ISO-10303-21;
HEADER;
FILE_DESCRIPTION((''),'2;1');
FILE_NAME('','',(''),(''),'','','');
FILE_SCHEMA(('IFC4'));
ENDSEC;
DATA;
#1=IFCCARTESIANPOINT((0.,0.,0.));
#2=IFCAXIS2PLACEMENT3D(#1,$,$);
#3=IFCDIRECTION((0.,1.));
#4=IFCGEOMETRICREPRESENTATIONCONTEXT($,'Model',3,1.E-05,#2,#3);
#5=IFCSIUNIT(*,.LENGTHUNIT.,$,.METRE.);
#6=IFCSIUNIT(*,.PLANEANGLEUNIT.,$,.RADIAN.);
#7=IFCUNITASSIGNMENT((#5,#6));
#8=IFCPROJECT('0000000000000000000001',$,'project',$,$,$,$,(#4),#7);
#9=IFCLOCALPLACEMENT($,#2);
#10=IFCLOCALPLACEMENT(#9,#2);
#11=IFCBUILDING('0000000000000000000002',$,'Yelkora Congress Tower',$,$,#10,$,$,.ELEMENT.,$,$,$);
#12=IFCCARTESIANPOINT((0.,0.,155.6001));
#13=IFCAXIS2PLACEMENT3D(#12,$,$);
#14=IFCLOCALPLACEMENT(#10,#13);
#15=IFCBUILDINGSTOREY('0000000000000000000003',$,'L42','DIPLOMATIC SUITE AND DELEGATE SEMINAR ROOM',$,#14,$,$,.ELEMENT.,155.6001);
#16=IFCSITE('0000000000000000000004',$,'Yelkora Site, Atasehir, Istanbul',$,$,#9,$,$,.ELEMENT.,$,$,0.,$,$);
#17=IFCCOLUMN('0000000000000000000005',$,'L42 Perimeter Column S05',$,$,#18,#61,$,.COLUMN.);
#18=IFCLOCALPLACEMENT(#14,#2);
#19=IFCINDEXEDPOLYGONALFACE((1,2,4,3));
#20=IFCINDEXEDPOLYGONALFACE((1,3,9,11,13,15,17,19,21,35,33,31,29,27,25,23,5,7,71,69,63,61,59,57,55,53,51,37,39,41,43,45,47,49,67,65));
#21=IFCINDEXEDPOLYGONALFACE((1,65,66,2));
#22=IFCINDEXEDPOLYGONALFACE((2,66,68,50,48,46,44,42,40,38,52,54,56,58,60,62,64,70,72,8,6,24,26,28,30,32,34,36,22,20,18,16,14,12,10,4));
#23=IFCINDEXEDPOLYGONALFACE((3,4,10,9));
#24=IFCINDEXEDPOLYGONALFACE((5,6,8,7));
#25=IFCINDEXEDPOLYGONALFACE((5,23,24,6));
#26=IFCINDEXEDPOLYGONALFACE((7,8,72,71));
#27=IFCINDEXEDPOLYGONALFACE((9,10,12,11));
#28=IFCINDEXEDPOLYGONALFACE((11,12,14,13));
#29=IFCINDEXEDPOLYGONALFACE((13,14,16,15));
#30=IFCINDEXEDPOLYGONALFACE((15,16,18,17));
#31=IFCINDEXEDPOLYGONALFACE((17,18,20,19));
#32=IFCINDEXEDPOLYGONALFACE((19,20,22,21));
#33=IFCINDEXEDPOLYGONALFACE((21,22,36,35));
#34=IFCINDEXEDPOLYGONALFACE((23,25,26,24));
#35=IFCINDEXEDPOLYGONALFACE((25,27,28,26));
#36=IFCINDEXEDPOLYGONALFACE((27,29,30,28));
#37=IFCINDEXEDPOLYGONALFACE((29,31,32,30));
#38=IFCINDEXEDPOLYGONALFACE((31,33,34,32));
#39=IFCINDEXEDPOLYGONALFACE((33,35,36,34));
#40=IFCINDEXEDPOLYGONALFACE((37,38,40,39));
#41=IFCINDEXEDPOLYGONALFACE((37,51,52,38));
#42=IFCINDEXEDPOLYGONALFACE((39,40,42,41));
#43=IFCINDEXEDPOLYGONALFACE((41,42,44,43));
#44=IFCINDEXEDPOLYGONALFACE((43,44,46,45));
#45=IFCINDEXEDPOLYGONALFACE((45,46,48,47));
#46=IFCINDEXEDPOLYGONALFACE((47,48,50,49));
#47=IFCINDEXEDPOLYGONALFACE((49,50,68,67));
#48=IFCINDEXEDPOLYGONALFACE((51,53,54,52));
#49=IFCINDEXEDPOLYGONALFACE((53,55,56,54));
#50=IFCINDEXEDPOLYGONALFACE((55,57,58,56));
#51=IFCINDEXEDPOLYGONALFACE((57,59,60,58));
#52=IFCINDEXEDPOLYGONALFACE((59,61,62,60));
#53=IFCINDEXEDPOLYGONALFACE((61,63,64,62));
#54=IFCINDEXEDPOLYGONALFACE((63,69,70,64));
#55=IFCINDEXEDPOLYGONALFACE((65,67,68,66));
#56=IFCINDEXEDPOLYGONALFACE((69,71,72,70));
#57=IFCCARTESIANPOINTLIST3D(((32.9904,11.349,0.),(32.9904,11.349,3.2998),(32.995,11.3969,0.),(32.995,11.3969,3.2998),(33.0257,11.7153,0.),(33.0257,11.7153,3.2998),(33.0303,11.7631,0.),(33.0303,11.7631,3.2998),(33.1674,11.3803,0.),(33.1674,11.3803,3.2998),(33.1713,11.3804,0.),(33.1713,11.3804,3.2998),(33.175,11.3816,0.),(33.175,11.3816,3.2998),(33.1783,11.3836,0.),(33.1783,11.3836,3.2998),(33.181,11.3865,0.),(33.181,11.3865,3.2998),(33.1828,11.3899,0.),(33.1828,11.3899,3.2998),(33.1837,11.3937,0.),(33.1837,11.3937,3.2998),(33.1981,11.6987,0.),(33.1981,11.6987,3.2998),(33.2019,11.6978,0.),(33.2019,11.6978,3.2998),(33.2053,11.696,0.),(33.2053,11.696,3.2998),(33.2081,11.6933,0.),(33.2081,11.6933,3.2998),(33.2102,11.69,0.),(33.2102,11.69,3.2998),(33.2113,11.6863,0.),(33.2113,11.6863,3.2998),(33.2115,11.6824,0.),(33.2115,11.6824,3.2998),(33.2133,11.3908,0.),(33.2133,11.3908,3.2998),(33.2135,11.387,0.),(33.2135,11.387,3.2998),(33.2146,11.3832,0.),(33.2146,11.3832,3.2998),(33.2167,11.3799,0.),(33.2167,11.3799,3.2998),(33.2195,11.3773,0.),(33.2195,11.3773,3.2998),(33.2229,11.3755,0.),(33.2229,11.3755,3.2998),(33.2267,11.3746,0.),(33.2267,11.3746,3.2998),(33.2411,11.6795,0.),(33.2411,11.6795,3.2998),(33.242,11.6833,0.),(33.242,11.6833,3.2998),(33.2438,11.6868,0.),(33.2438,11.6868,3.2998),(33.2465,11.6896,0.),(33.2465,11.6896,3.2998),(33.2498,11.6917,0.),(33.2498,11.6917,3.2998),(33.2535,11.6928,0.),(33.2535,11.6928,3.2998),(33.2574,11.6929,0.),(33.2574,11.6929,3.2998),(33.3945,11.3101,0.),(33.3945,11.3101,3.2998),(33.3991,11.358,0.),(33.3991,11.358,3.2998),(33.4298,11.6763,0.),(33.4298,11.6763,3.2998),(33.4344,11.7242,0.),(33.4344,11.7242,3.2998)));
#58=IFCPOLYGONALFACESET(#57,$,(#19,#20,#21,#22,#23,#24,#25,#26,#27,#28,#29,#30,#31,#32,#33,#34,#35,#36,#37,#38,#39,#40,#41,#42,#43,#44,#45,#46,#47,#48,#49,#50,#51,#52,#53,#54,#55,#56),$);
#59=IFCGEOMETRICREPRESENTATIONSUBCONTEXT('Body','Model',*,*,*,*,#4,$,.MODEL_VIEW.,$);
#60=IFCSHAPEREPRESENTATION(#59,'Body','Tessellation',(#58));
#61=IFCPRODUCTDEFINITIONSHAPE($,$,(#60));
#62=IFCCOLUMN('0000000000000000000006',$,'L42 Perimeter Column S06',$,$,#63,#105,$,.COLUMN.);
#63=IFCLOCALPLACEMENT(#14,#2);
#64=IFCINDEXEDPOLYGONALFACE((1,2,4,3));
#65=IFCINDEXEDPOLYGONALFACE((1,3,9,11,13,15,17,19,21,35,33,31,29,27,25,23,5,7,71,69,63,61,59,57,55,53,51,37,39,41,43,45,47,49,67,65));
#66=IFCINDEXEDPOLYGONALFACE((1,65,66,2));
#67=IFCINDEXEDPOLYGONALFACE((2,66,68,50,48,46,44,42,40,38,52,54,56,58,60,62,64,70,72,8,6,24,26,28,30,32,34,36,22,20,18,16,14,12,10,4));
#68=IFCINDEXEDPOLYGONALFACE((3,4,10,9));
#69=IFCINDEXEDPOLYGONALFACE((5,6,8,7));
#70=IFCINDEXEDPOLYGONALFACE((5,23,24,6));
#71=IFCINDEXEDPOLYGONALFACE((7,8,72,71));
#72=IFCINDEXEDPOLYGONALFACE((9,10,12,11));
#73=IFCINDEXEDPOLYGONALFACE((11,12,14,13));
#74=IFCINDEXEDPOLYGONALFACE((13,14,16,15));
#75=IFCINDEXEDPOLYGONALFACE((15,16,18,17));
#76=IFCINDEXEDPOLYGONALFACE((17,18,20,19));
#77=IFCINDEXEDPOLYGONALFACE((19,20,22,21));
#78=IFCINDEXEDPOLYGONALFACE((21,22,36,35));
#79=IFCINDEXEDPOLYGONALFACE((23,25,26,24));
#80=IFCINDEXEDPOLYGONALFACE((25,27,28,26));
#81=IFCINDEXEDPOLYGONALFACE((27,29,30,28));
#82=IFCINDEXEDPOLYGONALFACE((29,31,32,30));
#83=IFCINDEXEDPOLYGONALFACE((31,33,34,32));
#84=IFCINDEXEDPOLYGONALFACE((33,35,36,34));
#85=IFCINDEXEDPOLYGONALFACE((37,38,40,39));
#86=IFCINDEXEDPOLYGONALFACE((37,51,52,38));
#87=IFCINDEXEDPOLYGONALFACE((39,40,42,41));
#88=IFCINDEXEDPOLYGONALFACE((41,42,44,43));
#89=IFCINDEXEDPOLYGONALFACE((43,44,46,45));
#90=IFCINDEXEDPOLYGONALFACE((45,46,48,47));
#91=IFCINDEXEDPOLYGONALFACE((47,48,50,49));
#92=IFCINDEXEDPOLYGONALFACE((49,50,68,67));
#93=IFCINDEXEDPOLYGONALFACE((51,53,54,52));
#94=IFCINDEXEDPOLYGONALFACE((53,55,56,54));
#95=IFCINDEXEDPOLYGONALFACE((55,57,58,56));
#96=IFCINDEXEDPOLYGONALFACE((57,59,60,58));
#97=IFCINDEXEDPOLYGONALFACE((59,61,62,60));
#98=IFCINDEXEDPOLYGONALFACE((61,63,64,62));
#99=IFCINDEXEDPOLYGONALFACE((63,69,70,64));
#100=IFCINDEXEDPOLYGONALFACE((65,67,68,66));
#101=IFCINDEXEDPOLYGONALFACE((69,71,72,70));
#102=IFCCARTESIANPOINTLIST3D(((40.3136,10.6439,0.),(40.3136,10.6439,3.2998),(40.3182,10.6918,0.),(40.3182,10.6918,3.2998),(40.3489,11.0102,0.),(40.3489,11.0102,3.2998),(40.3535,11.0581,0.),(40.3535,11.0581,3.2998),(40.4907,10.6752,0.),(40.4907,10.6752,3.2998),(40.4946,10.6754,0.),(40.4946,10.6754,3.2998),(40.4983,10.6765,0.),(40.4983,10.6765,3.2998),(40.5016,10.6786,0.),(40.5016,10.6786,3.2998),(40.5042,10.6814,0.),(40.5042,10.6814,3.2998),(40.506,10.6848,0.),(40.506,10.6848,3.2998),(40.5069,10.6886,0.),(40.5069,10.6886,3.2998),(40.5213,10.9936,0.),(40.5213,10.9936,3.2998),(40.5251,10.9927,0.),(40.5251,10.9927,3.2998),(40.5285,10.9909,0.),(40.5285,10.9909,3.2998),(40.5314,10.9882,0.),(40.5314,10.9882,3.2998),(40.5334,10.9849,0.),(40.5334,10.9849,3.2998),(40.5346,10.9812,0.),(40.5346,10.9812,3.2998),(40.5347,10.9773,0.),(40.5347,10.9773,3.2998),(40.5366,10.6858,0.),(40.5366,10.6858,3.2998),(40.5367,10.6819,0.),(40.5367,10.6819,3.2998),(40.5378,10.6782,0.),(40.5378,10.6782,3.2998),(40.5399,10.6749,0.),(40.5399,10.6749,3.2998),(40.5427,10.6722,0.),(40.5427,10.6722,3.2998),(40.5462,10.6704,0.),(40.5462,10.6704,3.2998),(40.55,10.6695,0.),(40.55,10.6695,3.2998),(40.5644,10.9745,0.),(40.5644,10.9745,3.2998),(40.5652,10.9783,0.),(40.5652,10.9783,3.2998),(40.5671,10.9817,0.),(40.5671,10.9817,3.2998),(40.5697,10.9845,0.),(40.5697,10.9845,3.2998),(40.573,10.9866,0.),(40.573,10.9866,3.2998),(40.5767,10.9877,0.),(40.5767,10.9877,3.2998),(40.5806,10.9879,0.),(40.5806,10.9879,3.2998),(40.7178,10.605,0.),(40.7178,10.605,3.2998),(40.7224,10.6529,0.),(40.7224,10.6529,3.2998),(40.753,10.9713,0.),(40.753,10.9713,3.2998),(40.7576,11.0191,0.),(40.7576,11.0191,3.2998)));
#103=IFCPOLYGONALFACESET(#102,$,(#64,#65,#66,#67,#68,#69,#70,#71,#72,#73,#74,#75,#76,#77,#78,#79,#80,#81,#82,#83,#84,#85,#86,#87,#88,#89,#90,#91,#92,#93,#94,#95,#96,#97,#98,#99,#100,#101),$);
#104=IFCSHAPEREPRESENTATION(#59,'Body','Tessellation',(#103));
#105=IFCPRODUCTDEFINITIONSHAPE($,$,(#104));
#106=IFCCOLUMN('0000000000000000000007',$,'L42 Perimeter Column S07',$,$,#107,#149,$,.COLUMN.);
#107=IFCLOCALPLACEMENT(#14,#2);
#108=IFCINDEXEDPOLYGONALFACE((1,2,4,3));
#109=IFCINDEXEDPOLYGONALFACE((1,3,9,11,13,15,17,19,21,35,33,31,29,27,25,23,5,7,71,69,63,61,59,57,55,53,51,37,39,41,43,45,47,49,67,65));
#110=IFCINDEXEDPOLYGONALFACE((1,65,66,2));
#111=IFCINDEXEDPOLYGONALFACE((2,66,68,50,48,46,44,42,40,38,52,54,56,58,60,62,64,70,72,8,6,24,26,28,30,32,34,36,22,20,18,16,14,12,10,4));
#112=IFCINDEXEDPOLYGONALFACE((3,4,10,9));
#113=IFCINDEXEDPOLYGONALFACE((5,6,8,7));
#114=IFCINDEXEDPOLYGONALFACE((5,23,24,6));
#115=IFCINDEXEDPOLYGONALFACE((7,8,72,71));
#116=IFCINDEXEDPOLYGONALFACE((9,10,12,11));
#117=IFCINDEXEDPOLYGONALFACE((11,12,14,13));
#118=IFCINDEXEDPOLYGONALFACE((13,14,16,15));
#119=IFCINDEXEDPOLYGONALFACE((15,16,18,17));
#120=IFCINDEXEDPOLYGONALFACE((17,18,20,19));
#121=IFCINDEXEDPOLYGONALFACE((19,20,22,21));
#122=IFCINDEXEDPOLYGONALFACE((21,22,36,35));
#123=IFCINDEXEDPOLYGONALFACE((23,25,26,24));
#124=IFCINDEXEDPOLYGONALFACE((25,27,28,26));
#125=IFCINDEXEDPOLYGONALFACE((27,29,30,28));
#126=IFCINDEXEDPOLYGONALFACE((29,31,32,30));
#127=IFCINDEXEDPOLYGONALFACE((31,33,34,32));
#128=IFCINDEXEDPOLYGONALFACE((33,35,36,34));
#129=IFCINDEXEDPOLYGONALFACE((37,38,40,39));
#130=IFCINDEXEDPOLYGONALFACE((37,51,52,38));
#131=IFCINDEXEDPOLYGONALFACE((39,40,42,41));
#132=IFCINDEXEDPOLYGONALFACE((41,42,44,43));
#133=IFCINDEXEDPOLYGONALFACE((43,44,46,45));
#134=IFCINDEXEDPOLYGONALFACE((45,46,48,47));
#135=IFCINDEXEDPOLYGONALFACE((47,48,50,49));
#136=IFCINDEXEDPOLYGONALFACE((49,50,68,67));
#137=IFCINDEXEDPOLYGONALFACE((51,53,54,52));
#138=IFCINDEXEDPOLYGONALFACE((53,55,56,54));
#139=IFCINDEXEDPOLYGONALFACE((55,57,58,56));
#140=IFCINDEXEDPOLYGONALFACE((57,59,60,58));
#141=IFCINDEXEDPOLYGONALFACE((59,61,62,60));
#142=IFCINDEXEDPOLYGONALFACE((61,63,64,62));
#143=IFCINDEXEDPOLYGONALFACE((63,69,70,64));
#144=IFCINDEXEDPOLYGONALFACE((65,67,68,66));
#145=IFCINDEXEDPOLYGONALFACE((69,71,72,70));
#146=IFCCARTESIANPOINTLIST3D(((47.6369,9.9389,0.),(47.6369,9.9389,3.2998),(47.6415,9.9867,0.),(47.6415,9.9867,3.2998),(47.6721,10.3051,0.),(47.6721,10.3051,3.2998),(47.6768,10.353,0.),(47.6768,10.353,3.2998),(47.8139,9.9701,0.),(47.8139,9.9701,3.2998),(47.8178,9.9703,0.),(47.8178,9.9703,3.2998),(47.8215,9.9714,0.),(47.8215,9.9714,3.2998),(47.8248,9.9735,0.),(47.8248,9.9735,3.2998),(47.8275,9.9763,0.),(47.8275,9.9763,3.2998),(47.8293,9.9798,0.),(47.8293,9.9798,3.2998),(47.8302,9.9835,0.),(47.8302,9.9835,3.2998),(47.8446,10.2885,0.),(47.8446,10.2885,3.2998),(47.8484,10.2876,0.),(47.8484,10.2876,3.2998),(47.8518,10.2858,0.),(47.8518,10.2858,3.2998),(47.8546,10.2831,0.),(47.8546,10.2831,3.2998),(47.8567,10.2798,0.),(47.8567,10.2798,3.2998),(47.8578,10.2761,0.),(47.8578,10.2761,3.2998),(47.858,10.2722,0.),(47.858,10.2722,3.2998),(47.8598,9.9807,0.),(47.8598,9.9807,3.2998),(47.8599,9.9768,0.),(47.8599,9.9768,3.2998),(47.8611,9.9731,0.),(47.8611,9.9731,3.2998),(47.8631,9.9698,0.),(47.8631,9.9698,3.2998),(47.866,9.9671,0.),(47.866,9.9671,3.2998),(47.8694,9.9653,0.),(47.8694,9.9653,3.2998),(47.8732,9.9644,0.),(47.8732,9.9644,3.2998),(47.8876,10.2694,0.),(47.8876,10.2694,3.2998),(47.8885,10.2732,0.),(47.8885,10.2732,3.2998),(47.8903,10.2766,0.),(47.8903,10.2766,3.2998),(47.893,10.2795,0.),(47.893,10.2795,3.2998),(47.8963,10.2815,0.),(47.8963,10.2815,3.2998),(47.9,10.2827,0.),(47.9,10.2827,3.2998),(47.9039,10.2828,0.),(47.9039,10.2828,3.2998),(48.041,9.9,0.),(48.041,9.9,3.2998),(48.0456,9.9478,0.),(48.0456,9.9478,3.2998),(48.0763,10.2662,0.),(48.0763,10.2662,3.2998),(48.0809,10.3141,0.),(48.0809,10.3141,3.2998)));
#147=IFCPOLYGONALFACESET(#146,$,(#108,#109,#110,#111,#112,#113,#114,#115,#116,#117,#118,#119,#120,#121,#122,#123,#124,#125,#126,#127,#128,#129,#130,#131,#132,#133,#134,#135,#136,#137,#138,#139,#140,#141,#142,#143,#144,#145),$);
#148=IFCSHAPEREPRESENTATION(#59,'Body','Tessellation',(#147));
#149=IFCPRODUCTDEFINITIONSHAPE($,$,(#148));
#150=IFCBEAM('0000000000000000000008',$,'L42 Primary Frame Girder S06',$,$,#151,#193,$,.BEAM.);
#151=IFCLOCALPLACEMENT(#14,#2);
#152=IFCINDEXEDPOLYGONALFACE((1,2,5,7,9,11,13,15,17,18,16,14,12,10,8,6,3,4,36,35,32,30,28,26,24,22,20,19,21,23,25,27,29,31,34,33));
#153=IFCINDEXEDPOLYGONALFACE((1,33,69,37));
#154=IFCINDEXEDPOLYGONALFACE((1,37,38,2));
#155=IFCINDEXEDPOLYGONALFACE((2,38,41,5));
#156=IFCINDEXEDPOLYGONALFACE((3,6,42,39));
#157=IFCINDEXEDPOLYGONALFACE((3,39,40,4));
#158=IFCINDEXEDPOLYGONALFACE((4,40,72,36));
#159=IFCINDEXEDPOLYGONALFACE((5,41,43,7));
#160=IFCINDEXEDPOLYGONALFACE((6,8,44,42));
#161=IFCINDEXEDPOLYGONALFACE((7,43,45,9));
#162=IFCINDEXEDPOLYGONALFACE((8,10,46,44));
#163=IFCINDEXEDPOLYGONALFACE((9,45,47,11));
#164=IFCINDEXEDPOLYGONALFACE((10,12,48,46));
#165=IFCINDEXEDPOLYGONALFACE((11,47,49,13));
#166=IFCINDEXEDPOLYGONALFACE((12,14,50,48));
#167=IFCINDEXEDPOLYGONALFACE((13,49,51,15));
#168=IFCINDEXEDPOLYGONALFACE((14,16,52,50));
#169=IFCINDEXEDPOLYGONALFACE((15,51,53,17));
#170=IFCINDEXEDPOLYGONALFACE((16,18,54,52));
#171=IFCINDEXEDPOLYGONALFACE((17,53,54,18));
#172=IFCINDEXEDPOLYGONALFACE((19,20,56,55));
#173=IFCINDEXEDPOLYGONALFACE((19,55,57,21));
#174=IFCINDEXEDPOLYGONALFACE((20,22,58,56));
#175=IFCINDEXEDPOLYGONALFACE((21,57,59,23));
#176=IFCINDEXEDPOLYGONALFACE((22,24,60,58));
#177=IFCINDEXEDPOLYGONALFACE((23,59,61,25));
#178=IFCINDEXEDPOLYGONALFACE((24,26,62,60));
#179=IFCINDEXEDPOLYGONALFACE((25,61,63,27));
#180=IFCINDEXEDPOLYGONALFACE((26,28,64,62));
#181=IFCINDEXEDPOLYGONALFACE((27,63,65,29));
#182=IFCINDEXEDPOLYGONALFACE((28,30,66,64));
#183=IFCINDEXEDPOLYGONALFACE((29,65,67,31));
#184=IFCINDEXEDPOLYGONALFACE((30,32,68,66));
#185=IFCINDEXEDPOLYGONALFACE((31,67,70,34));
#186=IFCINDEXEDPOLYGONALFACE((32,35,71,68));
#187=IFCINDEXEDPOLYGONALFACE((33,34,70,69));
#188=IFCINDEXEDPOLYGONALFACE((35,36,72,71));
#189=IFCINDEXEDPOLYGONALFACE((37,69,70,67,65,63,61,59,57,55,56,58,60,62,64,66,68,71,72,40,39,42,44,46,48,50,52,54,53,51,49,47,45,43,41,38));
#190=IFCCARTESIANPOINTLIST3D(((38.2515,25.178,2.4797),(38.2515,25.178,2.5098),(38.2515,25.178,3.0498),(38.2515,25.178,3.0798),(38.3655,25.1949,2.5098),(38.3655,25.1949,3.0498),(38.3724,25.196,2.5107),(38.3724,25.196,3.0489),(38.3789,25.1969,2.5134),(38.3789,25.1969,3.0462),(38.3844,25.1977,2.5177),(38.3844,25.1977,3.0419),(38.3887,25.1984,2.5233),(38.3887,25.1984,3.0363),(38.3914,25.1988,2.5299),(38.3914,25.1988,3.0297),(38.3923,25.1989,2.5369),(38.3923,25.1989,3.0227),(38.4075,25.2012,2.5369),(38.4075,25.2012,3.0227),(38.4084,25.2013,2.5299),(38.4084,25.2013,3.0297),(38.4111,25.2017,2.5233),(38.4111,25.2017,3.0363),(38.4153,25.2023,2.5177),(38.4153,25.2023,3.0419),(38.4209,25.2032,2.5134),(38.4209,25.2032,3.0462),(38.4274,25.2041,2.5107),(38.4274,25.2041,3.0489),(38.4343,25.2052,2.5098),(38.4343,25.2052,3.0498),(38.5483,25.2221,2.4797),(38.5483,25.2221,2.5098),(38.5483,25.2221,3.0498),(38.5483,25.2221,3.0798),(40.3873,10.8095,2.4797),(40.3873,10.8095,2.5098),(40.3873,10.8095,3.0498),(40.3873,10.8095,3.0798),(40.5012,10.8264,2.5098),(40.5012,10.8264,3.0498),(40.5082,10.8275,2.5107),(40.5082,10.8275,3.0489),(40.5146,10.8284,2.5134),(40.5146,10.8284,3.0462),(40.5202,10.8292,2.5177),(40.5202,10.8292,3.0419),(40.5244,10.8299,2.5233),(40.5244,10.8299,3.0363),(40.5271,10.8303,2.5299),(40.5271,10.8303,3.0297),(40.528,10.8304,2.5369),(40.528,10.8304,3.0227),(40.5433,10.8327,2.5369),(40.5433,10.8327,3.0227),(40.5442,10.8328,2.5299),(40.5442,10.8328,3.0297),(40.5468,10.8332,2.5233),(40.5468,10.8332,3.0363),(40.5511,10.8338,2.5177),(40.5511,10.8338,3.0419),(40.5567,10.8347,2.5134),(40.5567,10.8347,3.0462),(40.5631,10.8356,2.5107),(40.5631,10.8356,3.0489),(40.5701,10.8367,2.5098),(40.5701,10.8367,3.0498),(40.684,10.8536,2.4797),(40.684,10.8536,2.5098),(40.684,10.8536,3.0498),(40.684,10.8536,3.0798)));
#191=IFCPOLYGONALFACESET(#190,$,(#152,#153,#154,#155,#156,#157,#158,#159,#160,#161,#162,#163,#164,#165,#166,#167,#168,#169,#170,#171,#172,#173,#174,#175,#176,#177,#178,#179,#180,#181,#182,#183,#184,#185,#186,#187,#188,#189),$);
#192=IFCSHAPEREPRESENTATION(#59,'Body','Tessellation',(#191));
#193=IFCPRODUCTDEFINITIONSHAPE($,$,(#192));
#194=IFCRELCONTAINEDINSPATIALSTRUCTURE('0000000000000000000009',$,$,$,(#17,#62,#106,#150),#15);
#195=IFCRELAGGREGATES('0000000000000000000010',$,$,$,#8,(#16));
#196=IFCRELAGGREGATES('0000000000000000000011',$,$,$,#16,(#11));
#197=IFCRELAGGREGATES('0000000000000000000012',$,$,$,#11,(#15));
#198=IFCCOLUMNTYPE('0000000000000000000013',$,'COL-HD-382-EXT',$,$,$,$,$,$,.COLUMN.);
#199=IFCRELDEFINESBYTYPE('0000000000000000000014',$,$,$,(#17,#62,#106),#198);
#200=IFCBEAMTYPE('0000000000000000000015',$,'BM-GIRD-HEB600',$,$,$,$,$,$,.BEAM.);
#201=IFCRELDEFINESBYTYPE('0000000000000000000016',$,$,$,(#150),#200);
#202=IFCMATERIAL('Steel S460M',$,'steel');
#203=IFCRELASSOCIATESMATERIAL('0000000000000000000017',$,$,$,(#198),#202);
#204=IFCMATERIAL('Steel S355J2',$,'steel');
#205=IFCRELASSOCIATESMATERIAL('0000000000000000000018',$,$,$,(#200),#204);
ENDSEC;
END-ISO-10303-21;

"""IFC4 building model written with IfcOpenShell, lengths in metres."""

from ifc_helpers import new_model, si_unit, direction, frame, origin, origin_2d, place, context, subcontext, project, spatial, i_section, extrude, material, material_profile, profile_set, type_object, element, save


model = new_model("IFC4")

# Units and contexts
model_context = context("Model", 3, precision=1e-05, world=origin(), true_north=direction((0.0, 1.0)))
body_context = subcontext(model_context, "Body", "Model", "MODEL_VIEW")
ifc_project = project(units=[si_unit("LENGTHUNIT", "METRE"), si_unit("PLANEANGLEUNIT", "RADIAN")], contexts=[model_context])

# Site, building, storey
site_placement = place(None, origin())
site = spatial("IfcSite", under=ifc_project, at=site_placement, Name="Yelkora Site, Atasehir, Istanbul", CompositionType="ELEMENT", RefElevation=0.0)
building_placement = place(site_placement, origin())
building = spatial("IfcBuilding", under=site, at=building_placement, Name="Yelkora Congress Tower", CompositionType="ELEMENT")
storey_placement = place(building_placement, frame((0.0, 0.0, 155.6001)))
storey = spatial("IfcBuildingStorey", under=building, at=storey_placement, Name="L42", Description="DIPLOMATIC SUITE AND DELEGATE SEMINAR ROOM", CompositionType="ELEMENT", Elevation=155.6001)

# Columns
ifc_material_1 = material(Name="Steel S460M", Category="steel")
ifc_material_profile_1 = material_profile(ifc_material_1, i_section(OverallWidth=0.406, OverallDepth=0.416, WebThickness=0.0298, FlangeThickness=0.0481, FilletRadius=0.0149, at=origin_2d()), Name="HD 400x382")
ifc_profile_set_1 = profile_set([ifc_material_profile_1], Name="Steel S460M")
column_type = type_object("IfcColumnType", Name="COL-HD-382-EXT", PredefinedType="COLUMN", material=ifc_profile_set_1)
for number, where, z_axis, x_axis, name in (
    (1, (33.2124, 11.5366, 0.0), (0.0, 0.0, 1.0), (0.995396, -0.095846, 0.0), "L42 Perimeter Column S05"),
    (2, (40.5356, 10.8315, 0.0), (0.0, 0.0, 1.0), (0.995396, -0.095846, 0.0), "L42 Perimeter Column S06"),
    (3, (47.8589, 10.1265, 0.0), (0.0, 0.0, 1.0), (0.995396, -0.095846, 0.0), "L42 Perimeter Column S07"),
):
    element("IfcColumn", number, at=place(storey_placement, frame(where, z_axis=z_axis, x_axis=x_axis)), inside=storey, type_object=column_type, Name=name, PredefinedType="COLUMN", context=body_context, shape_type="SweptSolid", body=[
        extrude(i_section(OverallWidth=0.406, OverallDepth=0.416, WebThickness=0.0298, FlangeThickness=0.0481, FilletRadius=0.0149, at=origin_2d()), origin(), (0.0, 0.0, 1.0), 3.2998),
    ])

# Beam
ifc_material_2 = material(Name="Steel S355J2", Category="steel")
ifc_material_profile_2 = material_profile(ifc_material_2, i_section(OverallWidth=0.3, OverallDepth=0.6001, WebThickness=0.0154, FlangeThickness=0.03, FilletRadius=0.0271, at=origin_2d()), Name="HEB 600")
ifc_profile_set_2 = profile_set([ifc_material_profile_2], Name="Steel S355J2")
beam_type_1 = type_object("IfcBeamType", Name="BM-GIRD-HEB600", PredefinedType="BEAM", material=ifc_profile_set_2)
beam_1_placement = place(storey_placement, frame((40.5356, 10.8315, 2.7798), z_axis=(-0.147026, 0.989133, 0.0), x_axis=(-0.989133, -0.147026, 0.0)))
element("IfcBeam", 4, at=beam_1_placement, inside=storey, type_object=beam_type_1, Name="L42 Primary Frame Girder S06", PredefinedType="BEAM", context=body_context, shape_type="SweptSolid", body=[
    extrude(i_section(OverallWidth=0.3, OverallDepth=0.6001, WebThickness=0.0154, FlangeThickness=0.03, FilletRadius=0.0271, at=origin_2d()), origin(), (0.0, 0.0, 1.0), 14.5264),
])

save(model, "model.ifc")
